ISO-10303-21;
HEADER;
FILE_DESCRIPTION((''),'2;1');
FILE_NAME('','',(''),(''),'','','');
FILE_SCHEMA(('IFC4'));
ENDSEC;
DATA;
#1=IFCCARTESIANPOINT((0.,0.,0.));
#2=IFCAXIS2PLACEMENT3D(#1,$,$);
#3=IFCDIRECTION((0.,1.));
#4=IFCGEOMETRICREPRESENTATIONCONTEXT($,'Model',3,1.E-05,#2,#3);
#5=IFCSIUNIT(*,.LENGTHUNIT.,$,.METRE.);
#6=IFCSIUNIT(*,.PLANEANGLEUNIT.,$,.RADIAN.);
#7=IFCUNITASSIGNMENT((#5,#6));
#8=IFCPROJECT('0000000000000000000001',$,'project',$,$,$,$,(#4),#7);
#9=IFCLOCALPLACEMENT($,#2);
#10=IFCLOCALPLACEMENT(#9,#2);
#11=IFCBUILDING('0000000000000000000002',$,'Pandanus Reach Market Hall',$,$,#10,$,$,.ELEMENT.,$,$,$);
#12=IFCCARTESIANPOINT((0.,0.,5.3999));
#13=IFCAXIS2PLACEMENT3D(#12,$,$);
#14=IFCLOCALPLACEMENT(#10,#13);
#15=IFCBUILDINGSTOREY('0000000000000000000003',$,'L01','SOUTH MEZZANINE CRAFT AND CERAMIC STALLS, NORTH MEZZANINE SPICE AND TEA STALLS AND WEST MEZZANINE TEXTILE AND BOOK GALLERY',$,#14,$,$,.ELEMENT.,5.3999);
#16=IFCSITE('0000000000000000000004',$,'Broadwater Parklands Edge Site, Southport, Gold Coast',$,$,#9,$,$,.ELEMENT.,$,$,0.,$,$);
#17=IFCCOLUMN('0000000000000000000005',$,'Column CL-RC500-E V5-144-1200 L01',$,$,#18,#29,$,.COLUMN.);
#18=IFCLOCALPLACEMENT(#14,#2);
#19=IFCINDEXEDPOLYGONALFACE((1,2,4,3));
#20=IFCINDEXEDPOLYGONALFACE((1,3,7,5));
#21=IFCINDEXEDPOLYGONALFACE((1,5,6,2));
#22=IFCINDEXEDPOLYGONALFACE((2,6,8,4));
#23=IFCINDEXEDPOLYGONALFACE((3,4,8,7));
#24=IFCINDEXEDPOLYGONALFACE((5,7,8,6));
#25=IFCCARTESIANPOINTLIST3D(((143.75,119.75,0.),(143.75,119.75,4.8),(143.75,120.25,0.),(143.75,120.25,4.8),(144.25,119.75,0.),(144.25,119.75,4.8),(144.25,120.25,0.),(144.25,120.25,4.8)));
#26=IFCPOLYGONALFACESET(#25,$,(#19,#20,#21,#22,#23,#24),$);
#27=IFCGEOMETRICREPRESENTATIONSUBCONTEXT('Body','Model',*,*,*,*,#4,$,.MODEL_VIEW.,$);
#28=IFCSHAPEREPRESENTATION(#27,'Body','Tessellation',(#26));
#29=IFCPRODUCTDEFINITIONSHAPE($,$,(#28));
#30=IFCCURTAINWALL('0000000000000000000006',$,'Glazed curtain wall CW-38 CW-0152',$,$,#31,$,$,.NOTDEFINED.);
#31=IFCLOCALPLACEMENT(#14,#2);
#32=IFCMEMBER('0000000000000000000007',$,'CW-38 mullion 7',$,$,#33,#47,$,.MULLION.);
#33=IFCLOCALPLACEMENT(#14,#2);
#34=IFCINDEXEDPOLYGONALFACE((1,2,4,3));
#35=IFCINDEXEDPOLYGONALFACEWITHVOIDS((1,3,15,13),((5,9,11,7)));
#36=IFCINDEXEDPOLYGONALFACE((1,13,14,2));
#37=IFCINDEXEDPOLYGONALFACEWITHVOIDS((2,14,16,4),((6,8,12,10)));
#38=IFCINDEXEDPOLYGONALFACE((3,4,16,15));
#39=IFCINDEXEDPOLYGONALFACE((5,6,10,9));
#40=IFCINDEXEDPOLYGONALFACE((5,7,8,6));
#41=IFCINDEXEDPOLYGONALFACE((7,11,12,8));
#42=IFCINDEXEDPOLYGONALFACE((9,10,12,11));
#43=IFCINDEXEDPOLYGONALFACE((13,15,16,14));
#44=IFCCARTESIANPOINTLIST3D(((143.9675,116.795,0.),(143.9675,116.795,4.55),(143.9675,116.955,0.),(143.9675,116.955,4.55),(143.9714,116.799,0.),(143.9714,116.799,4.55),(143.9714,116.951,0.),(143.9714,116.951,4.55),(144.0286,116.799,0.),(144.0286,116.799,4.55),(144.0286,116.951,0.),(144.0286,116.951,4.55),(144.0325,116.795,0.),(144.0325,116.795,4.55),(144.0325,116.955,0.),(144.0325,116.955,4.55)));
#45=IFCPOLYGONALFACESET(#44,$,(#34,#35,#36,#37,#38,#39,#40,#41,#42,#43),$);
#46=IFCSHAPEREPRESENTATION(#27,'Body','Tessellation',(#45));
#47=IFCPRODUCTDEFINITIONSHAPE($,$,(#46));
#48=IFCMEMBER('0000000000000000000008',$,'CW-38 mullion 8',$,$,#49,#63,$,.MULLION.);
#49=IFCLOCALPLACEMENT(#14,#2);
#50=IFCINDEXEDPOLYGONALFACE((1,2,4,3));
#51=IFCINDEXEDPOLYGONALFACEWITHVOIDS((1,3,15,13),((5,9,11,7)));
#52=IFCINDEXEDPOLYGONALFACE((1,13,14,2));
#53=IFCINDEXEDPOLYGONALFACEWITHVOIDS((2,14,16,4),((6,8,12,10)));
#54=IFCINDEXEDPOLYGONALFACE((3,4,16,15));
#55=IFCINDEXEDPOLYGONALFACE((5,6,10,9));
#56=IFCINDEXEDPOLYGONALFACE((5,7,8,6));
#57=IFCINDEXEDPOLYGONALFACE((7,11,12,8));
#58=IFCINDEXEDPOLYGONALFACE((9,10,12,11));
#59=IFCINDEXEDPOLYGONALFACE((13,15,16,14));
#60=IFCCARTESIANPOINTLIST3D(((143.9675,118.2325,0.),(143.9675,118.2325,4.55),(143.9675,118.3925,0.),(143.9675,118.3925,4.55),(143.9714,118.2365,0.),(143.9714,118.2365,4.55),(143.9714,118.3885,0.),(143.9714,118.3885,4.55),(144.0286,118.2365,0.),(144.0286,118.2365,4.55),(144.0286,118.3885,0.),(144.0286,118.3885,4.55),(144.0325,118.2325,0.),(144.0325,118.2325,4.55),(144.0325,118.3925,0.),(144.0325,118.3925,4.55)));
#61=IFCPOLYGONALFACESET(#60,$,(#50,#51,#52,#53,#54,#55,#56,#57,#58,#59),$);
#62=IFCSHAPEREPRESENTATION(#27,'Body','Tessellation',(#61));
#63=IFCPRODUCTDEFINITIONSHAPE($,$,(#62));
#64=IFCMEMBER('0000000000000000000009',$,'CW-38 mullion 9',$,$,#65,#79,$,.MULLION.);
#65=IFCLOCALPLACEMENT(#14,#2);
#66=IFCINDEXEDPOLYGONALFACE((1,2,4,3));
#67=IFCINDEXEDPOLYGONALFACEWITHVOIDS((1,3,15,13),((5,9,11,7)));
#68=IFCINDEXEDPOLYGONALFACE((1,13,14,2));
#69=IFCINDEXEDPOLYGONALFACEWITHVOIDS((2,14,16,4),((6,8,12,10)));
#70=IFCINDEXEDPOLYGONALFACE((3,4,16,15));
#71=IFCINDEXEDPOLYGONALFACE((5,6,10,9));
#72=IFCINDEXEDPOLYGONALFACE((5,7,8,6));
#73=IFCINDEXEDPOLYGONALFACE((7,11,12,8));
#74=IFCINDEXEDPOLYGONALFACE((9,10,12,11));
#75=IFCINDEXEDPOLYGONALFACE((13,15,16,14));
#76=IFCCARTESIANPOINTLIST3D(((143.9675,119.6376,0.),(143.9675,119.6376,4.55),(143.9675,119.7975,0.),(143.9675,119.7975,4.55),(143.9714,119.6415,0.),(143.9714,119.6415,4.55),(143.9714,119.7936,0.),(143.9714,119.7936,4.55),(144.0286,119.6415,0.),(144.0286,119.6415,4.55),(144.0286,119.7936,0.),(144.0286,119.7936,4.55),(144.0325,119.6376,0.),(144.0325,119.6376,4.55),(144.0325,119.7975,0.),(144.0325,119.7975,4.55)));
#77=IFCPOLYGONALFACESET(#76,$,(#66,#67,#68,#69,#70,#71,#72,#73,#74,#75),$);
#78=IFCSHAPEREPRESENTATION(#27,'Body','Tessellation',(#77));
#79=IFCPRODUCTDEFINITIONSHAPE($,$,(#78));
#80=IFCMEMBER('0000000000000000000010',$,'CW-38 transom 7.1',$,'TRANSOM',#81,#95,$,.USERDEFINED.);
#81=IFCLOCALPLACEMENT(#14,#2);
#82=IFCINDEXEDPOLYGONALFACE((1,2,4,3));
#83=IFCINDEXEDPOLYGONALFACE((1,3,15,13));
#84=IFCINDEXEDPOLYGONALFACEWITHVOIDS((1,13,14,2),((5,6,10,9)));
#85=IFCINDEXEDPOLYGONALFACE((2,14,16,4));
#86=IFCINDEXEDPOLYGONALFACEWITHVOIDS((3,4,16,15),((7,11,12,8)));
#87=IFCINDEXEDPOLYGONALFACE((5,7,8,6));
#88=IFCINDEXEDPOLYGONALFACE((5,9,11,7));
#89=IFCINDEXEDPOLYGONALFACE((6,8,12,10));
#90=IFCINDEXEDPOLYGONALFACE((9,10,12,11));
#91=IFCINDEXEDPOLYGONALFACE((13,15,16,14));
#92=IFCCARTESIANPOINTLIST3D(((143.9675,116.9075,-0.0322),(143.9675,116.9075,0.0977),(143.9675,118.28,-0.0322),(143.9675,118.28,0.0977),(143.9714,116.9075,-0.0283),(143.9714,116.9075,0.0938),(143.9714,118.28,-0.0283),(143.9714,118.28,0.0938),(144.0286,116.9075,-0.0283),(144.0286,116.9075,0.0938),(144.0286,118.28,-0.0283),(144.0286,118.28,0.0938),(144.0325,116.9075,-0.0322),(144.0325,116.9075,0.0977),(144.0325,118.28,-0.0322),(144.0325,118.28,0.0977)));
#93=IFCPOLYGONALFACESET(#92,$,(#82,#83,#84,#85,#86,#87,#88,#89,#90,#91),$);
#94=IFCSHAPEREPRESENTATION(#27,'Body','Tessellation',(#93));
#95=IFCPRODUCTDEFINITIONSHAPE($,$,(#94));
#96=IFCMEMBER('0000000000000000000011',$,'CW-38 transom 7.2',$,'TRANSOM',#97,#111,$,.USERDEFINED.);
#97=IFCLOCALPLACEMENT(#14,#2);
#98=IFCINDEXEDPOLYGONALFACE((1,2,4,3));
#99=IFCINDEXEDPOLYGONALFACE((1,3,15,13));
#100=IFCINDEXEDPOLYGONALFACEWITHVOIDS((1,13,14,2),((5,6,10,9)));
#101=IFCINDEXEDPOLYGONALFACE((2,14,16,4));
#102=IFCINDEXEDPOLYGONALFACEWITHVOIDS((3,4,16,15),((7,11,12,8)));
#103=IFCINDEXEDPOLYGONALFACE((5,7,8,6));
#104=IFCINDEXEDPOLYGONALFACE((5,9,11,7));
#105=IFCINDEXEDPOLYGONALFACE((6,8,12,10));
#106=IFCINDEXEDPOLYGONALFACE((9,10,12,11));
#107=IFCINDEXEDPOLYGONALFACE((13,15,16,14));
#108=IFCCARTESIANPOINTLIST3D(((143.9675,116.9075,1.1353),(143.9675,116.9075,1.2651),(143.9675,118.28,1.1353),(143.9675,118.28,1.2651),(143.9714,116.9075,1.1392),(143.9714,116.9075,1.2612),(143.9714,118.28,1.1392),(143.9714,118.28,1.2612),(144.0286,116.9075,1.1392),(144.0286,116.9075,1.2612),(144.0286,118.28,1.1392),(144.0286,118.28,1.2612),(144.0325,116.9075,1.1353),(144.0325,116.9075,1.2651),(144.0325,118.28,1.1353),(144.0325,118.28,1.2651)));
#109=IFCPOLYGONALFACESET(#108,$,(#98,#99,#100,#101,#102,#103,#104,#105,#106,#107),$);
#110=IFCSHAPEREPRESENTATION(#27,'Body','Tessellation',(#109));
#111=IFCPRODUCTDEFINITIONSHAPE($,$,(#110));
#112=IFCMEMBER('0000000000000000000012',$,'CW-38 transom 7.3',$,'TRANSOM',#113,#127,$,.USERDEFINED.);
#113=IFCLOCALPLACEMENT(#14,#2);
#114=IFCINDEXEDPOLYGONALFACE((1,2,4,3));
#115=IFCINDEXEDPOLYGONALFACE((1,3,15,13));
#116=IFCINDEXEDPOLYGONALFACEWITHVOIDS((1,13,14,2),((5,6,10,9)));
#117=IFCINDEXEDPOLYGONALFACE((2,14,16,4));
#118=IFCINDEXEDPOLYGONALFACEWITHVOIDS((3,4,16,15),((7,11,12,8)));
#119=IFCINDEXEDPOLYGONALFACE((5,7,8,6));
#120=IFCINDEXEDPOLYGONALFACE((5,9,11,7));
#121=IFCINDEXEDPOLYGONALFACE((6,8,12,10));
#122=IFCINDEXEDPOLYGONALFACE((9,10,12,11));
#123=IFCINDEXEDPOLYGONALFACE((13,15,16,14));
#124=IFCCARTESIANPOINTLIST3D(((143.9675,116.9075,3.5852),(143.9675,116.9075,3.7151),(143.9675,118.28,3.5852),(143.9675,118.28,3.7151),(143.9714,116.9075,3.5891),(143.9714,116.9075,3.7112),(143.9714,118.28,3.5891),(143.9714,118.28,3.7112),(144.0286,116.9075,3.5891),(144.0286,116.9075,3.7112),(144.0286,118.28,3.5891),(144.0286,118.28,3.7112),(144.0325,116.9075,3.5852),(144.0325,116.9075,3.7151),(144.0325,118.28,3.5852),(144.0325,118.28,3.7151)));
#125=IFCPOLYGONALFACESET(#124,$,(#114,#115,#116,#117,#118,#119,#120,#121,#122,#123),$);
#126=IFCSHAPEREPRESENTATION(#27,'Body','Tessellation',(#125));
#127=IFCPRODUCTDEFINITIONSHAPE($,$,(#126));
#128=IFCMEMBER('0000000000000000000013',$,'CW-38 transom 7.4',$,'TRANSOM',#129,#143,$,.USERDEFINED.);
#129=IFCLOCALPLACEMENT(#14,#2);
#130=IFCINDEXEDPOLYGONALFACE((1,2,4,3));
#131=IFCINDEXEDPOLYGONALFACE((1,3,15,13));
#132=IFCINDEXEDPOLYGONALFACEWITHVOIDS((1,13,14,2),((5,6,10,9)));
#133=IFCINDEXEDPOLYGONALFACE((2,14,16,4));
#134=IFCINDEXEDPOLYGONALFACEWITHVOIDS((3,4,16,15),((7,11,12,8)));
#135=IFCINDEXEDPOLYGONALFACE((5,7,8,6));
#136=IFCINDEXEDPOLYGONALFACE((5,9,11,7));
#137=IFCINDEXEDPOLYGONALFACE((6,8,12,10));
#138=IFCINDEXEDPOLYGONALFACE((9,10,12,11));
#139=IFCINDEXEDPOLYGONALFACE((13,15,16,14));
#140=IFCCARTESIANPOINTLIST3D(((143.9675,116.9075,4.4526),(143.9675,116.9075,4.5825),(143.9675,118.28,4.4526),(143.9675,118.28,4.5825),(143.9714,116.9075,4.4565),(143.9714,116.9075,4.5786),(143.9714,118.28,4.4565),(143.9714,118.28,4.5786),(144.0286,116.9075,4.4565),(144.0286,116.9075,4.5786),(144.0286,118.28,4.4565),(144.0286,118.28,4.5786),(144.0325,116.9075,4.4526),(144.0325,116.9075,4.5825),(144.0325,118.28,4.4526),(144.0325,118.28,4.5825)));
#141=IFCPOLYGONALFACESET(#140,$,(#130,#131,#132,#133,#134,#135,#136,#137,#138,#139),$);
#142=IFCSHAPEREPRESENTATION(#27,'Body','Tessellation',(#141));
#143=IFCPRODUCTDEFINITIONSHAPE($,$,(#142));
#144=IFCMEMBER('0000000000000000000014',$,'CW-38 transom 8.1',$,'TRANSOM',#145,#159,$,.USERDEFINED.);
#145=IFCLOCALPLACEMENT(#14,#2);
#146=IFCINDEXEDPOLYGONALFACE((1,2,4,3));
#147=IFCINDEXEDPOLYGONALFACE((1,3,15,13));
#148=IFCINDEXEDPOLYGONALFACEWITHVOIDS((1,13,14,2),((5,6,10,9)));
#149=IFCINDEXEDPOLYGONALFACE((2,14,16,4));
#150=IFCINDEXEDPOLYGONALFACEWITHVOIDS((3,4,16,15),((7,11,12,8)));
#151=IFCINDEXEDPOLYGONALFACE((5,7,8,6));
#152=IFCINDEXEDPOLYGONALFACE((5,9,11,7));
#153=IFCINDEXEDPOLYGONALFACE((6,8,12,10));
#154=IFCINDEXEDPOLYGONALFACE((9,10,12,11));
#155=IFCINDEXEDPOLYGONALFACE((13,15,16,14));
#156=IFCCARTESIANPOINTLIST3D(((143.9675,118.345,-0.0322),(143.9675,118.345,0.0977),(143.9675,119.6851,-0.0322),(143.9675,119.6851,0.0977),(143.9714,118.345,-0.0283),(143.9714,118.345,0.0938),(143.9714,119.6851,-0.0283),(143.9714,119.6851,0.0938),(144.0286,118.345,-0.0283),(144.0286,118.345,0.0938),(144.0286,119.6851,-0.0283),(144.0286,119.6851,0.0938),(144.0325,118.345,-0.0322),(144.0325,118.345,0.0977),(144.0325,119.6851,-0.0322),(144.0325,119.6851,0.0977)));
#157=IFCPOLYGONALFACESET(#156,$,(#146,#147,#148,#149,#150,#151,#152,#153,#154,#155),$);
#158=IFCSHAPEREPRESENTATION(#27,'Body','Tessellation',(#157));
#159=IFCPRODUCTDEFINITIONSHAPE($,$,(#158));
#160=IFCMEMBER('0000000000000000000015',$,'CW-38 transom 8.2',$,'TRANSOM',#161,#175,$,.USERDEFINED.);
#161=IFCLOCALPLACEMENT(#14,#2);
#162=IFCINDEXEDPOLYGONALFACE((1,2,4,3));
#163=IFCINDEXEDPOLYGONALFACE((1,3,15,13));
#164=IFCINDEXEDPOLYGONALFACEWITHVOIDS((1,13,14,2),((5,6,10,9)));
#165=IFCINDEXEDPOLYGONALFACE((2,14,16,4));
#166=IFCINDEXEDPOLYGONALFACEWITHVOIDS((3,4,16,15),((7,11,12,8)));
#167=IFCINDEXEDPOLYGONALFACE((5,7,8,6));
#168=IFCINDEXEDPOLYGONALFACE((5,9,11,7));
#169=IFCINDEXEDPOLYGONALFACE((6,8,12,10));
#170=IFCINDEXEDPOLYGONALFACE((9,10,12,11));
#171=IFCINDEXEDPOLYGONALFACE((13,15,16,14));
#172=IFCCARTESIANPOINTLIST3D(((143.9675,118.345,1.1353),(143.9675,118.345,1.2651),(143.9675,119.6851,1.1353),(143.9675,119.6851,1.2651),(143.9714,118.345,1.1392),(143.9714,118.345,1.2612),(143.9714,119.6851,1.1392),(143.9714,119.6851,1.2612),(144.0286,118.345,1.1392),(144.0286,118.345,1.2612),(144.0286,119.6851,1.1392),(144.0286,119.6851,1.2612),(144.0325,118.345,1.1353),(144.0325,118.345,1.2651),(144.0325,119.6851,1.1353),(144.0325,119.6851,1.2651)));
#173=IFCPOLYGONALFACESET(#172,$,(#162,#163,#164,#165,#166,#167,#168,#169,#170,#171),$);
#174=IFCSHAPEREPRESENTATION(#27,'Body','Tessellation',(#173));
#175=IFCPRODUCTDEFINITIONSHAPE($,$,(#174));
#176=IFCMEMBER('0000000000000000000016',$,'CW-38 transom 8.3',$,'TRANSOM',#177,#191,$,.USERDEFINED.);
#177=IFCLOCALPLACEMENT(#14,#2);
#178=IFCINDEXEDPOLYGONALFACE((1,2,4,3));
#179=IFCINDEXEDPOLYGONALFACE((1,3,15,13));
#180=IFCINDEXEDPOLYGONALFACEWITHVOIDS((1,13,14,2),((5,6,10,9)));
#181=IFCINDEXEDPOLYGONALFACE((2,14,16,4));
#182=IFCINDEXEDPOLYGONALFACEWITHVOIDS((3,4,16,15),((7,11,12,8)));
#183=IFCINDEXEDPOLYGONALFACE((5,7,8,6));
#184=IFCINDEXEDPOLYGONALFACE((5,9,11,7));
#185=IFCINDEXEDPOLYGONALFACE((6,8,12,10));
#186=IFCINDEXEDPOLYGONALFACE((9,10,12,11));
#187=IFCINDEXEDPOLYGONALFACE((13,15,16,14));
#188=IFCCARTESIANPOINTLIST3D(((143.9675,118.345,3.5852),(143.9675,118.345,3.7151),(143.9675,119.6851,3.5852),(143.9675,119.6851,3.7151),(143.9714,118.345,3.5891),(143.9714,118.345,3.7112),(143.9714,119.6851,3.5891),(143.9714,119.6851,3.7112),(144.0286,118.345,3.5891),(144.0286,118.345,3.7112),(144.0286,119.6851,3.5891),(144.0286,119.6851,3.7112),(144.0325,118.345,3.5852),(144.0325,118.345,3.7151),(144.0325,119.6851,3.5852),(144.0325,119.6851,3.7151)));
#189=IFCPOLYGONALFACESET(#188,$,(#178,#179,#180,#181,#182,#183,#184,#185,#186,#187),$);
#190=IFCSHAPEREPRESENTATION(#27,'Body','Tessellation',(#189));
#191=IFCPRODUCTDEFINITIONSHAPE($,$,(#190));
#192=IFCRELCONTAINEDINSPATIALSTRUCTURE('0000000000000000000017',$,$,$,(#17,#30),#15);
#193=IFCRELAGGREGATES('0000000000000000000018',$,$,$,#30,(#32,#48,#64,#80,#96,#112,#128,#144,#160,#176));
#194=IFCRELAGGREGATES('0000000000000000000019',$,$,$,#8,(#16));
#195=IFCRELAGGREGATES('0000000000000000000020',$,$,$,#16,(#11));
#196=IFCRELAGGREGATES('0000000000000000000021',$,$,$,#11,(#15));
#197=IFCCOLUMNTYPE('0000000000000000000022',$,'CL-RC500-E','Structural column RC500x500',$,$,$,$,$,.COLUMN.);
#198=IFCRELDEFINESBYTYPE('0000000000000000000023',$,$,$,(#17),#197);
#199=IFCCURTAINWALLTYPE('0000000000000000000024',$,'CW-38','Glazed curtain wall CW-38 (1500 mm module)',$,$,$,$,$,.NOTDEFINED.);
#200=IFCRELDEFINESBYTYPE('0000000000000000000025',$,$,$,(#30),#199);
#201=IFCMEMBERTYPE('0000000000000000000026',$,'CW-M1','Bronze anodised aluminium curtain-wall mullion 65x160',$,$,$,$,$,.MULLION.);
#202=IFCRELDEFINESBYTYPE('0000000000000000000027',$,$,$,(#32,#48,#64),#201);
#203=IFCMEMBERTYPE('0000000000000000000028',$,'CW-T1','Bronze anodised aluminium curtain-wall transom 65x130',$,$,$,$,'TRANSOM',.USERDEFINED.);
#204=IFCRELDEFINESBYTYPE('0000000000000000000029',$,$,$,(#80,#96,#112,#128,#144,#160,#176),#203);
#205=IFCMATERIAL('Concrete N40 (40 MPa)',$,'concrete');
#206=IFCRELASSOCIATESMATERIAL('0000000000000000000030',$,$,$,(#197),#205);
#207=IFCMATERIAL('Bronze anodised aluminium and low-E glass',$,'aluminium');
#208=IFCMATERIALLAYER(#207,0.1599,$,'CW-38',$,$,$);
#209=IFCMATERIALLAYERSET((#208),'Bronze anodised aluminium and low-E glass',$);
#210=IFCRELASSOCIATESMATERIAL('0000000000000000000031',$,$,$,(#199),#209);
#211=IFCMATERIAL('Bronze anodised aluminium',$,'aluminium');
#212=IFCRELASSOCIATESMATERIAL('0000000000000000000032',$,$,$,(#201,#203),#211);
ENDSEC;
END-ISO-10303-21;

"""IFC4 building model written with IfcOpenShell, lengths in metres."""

from ifc_helpers import new_model, si_unit, direction, frame, origin, origin_2d, place, context, subcontext, project, spatial, rectangle, hollow_rectangle, extrude, material, layer, layer_set, material_profile, profile_set, type_object, element, aggregate, save


model = new_model("IFC4")

# Units and contexts
model_context = context("Model", 3, precision=1e-05, world=origin(), true_north=direction((0.0, 1.0)))
body_context = subcontext(model_context, "Body", "Model", "MODEL_VIEW")
ifc_project = project(units=[si_unit("LENGTHUNIT", "METRE"), si_unit("PLANEANGLEUNIT", "RADIAN")], contexts=[model_context])

# Site, building, storey
site_placement = place(None, origin())
site = spatial("IfcSite", under=ifc_project, at=site_placement, Name="Broadwater Parklands Edge Site, Southport, Gold Coast", CompositionType="ELEMENT", RefElevation=0.0)
building_placement = place(site_placement, origin())
building = spatial("IfcBuilding", under=site, at=building_placement, Name="Pandanus Reach Market Hall", CompositionType="ELEMENT")
storey_placement = place(building_placement, frame((0.0, 0.0, 5.3999)))
storey = spatial("IfcBuildingStorey", under=building, at=storey_placement, Name="L01", Description="SOUTH MEZZANINE CRAFT AND CERAMIC STALLS, NORTH MEZZANINE SPICE AND TEA STALLS AND WEST MEZZANINE TEXTILE AND BOOK GALLERY", CompositionType="ELEMENT", Elevation=5.3999)

# Column
ifc_material_1 = material(Name="Concrete N40 (40 MPa)", Category="concrete")
ifc_material_profile_1 = material_profile(ifc_material_1, rectangle(XDim=0.5, YDim=0.5, at=origin_2d()), Name="RC500x500", Category="LoadBearing")
ifc_profile_set_1 = profile_set([ifc_material_profile_1], Name="Concrete N40 (40 MPa)")
column_type = type_object("IfcColumnType", Name="CL-RC500-E", Description="Structural column RC500x500", PredefinedType="COLUMN", material=ifc_profile_set_1)
column_placement = place(storey_placement, frame((144.0, 120.0, 0.0), z_axis=(0.0, 0.0, 1.0), x_axis=(1.0, 0.0, 0.0)))
element("IfcColumn", 1, at=column_placement, inside=storey, type_object=column_type, Name="Column CL-RC500-E V5-144-1200 L01", PredefinedType="COLUMN", context=body_context, shape_type="SweptSolid", body=[
    extrude(rectangle(XDim=0.5, YDim=0.5, at=origin_2d()), origin(), (0.0, 0.0, 1.0), 4.8),
])

# Curtain wall, members
ifc_material_2 = material(Name="Bronze anodised aluminium and low-E glass", Category="aluminium")
ifc_layer_1 = layer(ifc_material_2, 0.1599, Name="CW-38")
ifc_layer_set_1 = layer_set([ifc_layer_1], Name="Bronze anodised aluminium and low-E glass")
curtain_wall_type = type_object("IfcCurtainWallType", Name="CW-38", Description="Glazed curtain wall CW-38 (1500 mm module)", PredefinedType="NOTDEFINED", material=ifc_layer_set_1)
curtain_wall_placement = place(storey_placement, origin())
curtain_wall = element("IfcCurtainWall", 2, at=curtain_wall_placement, inside=storey, type_object=curtain_wall_type, Name="Glazed curtain wall CW-38 CW-0152", PredefinedType="NOTDEFINED")
ifc_material_3 = material(Name="Bronze anodised aluminium", Category="aluminium")
ifc_material_profile_2 = material_profile(ifc_material_3, hollow_rectangle(XDim=0.0649, YDim=0.1599, WallThickness=0.0039, at=origin_2d()), Name="ALU65x160", Category="LoadBearing")
ifc_profile_set_2 = profile_set([ifc_material_profile_2], Name="Bronze anodised aluminium")
member_type_1 = type_object("IfcMemberType", Name="CW-M1", Description="Bronze anodised aluminium curtain-wall mullion 65x160", PredefinedType="MULLION", material=ifc_profile_set_2)
member_1_placement = place(storey_placement, frame((144.0, 116.875, 0.0), z_axis=(0.0, 0.0, 1.0), x_axis=(-1.0, 0.0, 0.0)))
member_1 = element("IfcMember", 3, at=member_1_placement, type_object=member_type_1, Name="CW-38 mullion 7", PredefinedType="MULLION", context=body_context, shape_type="SweptSolid", body=[
    extrude(hollow_rectangle(XDim=0.0649, YDim=0.1599, WallThickness=0.0039, at=origin_2d()), origin(), (0.0, 0.0, 1.0), 4.55),
])
member_2_placement = place(storey_placement, frame((144.0, 118.3125, 0.0), z_axis=(0.0, 0.0, 1.0), x_axis=(-1.0, 0.0, 0.0)))
member_2 = element("IfcMember", 4, at=member_2_placement, type_object=member_type_1, Name="CW-38 mullion 8", PredefinedType="MULLION", context=body_context, shape_type="SweptSolid", body=[
    extrude(hollow_rectangle(XDim=0.0649, YDim=0.1599, WallThickness=0.0039, at=origin_2d()), origin(), (0.0, 0.0, 1.0), 4.55),
])
member_3_placement = place(storey_placement, frame((144.0, 119.7175, 0.0), z_axis=(0.0, 0.0, 1.0), x_axis=(-1.0, 0.0, 0.0)))
member_3 = element("IfcMember", 5, at=member_3_placement, type_object=member_type_1, Name="CW-38 mullion 9", PredefinedType="MULLION", context=body_context, shape_type="SweptSolid", body=[
    extrude(hollow_rectangle(XDim=0.0649, YDim=0.1599, WallThickness=0.0039, at=origin_2d()), origin(), (0.0, 0.0, 1.0), 4.55),
])
ifc_material_profile_3 = material_profile(ifc_material_3, hollow_rectangle(XDim=0.0649, YDim=0.1299, WallThickness=0.0039, at=origin_2d()), Name="ALU65x130", Category="LoadBearing")
ifc_profile_set_3 = profile_set([ifc_material_profile_3], Name="Bronze anodised aluminium")
member_type_2 = type_object("IfcMemberType", Name="CW-T1", Description="Bronze anodised aluminium curtain-wall transom 65x130", ElementType="TRANSOM", PredefinedType="USERDEFINED", material=ifc_profile_set_3)
member_4_placement = place(storey_placement, frame((144.0, 116.9075, 0.0327), z_axis=(0.0, 1.0, 0.0), x_axis=(-1.0, 0.0, 0.0)))
member_4 = element("IfcMember", 6, at=member_4_placement, type_object=member_type_2, Name="CW-38 transom 7.1", ObjectType="TRANSOM", PredefinedType="USERDEFINED", context=body_context, shape_type="SweptSolid", body=[
    extrude(hollow_rectangle(XDim=0.0649, YDim=0.1299, WallThickness=0.0039, at=origin_2d()), origin(), (0.0, 0.0, 1.0), 1.3726),
])
member_5_placement = place(storey_placement, frame((144.0, 116.9075, 1.2002), z_axis=(0.0, 1.0, 0.0), x_axis=(-1.0, 0.0, 0.0)))
member_5 = element("IfcMember", 7, at=member_5_placement, type_object=member_type_2, Name="CW-38 transom 7.2", ObjectType="TRANSOM", PredefinedType="USERDEFINED", context=body_context, shape_type="SweptSolid", body=[
    extrude(hollow_rectangle(XDim=0.0649, YDim=0.1299, WallThickness=0.0039, at=origin_2d()), origin(), (0.0, 0.0, 1.0), 1.3726),
])
member_6_placement = place(storey_placement, frame((144.0, 116.9075, 3.6501), z_axis=(0.0, 1.0, 0.0), x_axis=(-1.0, 0.0, 0.0)))
member_6 = element("IfcMember", 8, at=member_6_placement, type_object=member_type_2, Name="CW-38 transom 7.3", ObjectType="TRANSOM", PredefinedType="USERDEFINED", context=body_context, shape_type="SweptSolid", body=[
    extrude(hollow_rectangle(XDim=0.0649, YDim=0.1299, WallThickness=0.0039, at=origin_2d()), origin(), (0.0, 0.0, 1.0), 1.3726),
])
member_7_placement = place(storey_placement, frame((144.0, 116.9075, 4.5176), z_axis=(0.0, 1.0, 0.0), x_axis=(-1.0, 0.0, 0.0)))
member_7 = element("IfcMember", 9, at=member_7_placement, type_object=member_type_2, Name="CW-38 transom 7.4", ObjectType="TRANSOM", PredefinedType="USERDEFINED", context=body_context, shape_type="SweptSolid", body=[
    extrude(hollow_rectangle(XDim=0.0649, YDim=0.1299, WallThickness=0.0039, at=origin_2d()), origin(), (0.0, 0.0, 1.0), 1.3726),
])
member_8_placement = place(storey_placement, frame((144.0, 118.345, 0.0327), z_axis=(0.0, 1.0, 0.0), x_axis=(-1.0, 0.0, 0.0)))
member_8 = element("IfcMember", 10, at=member_8_placement, type_object=member_type_2, Name="CW-38 transom 8.1", ObjectType="TRANSOM", PredefinedType="USERDEFINED", context=body_context, shape_type="SweptSolid", body=[
    extrude(hollow_rectangle(XDim=0.0649, YDim=0.1299, WallThickness=0.0039, at=origin_2d()), origin(), (0.0, 0.0, 1.0), 1.3401),
])
member_9_placement = place(storey_placement, frame((144.0, 118.345, 1.2002), z_axis=(0.0, 1.0, 0.0), x_axis=(-1.0, 0.0, 0.0)))
member_9 = element("IfcMember", 11, at=member_9_placement, type_object=member_type_2, Name="CW-38 transom 8.2", ObjectType="TRANSOM", PredefinedType="USERDEFINED", context=body_context, shape_type="SweptSolid", body=[
    extrude(hollow_rectangle(XDim=0.0649, YDim=0.1299, WallThickness=0.0039, at=origin_2d()), origin(), (0.0, 0.0, 1.0), 1.3401),
])
member_10_placement = place(storey_placement, frame((144.0, 118.345, 3.6501), z_axis=(0.0, 1.0, 0.0), x_axis=(-1.0, 0.0, 0.0)))
member_10 = element("IfcMember", 12, at=member_10_placement, type_object=member_type_2, Name="CW-38 transom 8.3", ObjectType="TRANSOM", PredefinedType="USERDEFINED", context=body_context, shape_type="SweptSolid", body=[
    extrude(hollow_rectangle(XDim=0.0649, YDim=0.1299, WallThickness=0.0039, at=origin_2d()), origin(), (0.0, 0.0, 1.0), 1.3401),
])
aggregate(curtain_wall, [member_1, member_2, member_3, member_4, member_5, member_6, member_7, member_8, member_9, member_10])

save(model, "model.ifc")
